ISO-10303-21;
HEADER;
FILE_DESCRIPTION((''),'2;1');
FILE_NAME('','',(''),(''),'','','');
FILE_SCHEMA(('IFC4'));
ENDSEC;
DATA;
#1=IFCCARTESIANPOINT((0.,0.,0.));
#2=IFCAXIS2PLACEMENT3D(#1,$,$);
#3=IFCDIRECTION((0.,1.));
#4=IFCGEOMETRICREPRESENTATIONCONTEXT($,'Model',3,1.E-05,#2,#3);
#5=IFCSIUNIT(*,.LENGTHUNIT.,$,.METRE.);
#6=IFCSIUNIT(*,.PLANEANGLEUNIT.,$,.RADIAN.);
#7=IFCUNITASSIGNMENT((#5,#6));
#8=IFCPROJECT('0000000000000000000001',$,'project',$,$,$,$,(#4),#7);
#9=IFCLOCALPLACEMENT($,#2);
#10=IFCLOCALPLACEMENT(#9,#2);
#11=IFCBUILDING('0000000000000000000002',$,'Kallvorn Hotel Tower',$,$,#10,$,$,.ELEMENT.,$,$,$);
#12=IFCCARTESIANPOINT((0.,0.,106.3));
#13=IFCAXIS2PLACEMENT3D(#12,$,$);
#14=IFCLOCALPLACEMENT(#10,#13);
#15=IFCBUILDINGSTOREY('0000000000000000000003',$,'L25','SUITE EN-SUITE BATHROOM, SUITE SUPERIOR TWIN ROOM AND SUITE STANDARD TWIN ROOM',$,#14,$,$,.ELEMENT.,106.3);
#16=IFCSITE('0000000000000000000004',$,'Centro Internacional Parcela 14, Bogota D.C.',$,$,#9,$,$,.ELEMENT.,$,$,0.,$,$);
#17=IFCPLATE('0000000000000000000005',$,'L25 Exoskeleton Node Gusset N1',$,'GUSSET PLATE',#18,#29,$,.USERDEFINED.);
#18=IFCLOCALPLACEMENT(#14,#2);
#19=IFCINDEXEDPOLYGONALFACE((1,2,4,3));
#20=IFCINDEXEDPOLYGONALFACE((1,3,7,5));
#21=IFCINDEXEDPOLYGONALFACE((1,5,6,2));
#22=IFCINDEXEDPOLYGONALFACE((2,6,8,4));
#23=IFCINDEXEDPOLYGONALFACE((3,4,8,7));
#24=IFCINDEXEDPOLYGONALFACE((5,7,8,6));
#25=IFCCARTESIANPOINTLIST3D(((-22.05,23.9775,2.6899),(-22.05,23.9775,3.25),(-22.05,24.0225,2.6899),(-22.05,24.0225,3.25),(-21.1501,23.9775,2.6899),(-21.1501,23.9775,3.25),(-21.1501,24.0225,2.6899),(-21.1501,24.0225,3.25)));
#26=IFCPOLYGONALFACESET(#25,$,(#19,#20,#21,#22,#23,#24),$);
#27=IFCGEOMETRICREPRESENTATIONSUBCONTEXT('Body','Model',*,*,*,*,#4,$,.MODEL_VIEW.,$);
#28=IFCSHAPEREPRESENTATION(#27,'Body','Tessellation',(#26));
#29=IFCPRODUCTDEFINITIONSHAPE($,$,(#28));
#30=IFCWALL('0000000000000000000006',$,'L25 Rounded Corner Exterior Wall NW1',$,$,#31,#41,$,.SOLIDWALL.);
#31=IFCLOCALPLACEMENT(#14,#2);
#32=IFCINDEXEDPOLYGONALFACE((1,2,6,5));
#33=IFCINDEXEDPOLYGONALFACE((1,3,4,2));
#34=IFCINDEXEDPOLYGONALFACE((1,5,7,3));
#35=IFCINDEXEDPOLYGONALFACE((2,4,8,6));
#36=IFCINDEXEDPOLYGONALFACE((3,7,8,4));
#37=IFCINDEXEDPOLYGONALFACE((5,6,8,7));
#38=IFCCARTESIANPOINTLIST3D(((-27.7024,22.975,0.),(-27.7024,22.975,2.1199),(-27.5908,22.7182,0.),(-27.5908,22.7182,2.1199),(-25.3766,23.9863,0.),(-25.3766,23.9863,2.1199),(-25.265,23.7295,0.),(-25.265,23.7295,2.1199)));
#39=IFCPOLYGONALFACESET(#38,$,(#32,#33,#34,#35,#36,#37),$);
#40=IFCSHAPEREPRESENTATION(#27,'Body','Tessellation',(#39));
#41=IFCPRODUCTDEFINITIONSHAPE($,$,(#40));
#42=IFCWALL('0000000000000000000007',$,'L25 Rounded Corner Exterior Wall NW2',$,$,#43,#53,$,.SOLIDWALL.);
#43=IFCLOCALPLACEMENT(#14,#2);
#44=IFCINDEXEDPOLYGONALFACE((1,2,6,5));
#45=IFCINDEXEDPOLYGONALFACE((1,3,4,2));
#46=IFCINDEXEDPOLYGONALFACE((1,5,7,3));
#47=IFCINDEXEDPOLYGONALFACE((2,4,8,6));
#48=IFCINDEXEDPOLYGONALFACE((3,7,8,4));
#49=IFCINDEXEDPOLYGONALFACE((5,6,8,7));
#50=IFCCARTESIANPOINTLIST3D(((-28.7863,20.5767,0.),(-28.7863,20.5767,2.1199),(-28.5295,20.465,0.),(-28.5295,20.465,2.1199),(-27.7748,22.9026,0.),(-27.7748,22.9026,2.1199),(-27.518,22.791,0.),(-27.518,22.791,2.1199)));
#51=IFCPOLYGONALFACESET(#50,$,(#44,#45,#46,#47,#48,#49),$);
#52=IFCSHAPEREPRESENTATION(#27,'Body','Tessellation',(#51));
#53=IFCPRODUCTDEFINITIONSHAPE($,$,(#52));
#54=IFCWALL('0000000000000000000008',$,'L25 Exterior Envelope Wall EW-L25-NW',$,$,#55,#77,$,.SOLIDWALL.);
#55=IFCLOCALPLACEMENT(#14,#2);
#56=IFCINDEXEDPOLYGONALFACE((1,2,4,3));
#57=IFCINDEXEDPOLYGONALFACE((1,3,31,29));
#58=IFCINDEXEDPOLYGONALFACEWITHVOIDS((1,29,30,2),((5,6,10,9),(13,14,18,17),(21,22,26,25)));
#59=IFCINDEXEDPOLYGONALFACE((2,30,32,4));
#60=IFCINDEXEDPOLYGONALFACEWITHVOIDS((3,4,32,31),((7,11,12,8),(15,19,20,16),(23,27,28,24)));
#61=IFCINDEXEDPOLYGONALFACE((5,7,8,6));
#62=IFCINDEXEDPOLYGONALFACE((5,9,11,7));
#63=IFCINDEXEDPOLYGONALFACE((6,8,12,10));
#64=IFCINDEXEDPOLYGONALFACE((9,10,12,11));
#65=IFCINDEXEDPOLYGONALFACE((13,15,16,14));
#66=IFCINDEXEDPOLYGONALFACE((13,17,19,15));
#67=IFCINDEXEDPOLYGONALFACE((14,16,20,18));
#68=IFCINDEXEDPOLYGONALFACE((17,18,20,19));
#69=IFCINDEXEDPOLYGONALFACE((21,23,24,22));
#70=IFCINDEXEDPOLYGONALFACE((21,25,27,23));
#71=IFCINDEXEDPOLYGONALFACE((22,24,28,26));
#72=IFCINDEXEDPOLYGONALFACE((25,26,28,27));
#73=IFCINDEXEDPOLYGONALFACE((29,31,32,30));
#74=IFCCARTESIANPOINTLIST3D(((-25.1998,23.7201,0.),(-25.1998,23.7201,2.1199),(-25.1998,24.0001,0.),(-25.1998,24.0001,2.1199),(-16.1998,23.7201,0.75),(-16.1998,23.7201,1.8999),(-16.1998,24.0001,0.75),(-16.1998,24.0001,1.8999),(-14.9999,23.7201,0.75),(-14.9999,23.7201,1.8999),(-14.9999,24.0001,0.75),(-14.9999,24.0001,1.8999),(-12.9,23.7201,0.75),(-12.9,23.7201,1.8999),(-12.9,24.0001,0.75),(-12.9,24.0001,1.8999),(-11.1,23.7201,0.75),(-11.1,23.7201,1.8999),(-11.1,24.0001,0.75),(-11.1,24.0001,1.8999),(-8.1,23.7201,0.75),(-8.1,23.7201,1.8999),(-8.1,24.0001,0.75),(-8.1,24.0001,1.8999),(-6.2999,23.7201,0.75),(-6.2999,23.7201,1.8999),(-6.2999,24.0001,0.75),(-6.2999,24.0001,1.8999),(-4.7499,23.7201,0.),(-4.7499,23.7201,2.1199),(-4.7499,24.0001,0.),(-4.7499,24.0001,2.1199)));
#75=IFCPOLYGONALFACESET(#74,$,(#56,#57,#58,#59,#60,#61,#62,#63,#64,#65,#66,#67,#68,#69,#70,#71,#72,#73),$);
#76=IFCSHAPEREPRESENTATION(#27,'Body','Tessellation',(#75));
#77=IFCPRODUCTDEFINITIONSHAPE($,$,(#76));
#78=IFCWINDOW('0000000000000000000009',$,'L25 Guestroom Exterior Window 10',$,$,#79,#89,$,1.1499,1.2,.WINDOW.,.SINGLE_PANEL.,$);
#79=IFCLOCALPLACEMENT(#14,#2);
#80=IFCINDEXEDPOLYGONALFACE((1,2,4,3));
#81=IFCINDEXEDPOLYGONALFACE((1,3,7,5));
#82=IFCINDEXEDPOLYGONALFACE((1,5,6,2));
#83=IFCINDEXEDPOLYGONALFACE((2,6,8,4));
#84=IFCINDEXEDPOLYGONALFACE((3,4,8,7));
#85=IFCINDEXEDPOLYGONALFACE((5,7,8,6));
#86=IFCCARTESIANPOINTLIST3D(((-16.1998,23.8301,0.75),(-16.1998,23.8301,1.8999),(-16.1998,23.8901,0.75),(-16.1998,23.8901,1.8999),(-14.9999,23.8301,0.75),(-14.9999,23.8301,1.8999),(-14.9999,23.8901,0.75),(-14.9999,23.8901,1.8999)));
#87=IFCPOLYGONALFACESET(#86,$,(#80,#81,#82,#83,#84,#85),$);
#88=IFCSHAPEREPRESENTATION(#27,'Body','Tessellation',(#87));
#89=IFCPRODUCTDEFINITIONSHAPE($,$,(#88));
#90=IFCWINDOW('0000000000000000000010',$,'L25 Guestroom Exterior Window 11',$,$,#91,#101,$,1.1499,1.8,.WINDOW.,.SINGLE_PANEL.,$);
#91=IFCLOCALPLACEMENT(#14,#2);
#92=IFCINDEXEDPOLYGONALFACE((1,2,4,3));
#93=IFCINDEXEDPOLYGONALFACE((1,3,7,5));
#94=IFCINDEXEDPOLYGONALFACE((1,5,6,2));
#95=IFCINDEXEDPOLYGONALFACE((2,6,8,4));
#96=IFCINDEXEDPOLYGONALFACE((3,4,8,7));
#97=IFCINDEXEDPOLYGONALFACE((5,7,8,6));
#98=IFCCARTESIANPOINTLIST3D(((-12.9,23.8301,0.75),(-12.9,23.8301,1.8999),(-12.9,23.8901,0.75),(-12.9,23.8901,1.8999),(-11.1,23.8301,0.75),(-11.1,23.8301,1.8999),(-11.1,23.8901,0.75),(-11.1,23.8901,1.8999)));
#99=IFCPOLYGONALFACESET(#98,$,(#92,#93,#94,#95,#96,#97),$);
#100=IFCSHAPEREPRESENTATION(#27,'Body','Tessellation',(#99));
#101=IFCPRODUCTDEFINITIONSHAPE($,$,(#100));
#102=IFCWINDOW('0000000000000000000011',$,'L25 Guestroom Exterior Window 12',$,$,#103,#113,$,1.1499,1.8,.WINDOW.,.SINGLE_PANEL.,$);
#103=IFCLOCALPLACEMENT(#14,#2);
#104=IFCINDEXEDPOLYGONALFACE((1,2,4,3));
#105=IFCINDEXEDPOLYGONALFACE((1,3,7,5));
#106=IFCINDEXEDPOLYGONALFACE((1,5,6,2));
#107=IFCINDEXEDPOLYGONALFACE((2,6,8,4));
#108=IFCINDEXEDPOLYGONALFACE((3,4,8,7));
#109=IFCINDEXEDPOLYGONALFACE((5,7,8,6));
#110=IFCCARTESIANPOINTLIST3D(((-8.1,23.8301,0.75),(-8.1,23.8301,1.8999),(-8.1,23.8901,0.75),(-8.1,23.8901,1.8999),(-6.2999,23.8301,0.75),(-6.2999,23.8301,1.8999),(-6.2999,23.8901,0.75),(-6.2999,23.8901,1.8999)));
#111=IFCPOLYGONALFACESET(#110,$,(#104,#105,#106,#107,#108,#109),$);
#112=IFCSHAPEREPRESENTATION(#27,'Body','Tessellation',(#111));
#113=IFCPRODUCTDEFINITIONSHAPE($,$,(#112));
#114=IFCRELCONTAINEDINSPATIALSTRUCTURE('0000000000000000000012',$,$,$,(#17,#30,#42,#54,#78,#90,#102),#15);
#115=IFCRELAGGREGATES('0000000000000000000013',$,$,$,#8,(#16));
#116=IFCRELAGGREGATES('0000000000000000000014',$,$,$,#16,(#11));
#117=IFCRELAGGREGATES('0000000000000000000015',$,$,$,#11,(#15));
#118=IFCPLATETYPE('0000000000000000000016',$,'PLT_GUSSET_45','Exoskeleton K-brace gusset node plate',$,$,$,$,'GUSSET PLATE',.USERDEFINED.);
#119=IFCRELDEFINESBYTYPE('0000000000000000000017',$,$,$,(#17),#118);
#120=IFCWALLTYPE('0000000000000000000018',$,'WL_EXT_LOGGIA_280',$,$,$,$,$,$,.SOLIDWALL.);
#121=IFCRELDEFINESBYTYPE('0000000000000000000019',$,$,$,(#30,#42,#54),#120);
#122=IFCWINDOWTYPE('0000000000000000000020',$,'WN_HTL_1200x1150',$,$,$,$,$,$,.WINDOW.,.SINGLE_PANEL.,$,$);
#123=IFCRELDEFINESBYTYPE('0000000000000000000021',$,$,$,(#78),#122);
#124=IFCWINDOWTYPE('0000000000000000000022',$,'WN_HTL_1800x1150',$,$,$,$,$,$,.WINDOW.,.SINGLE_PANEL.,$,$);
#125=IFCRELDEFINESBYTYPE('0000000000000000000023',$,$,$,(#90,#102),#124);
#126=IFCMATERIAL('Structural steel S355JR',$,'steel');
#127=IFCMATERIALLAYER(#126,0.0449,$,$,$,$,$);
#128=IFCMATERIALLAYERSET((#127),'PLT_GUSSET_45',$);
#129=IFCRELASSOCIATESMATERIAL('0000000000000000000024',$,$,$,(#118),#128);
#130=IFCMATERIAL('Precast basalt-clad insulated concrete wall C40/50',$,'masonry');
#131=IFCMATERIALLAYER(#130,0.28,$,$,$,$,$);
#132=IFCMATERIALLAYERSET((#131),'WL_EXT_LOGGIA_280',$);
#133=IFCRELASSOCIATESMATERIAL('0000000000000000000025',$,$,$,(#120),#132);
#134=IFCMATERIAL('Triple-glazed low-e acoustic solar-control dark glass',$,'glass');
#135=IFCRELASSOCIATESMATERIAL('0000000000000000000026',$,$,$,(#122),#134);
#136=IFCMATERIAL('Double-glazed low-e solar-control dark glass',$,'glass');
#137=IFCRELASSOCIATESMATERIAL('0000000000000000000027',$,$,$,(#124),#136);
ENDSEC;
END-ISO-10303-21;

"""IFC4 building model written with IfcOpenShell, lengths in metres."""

from ifc_helpers import new_model, si_unit, direction, frame, frame_2d, origin, origin_2d, place, context, subcontext, project, spatial, rectangle, extrude, material, layer, layer_set, type_object, element, fill, save


model = new_model("IFC4")

# Units and contexts
model_context = context("Model", 3, precision=1e-05, world=origin(), true_north=direction((0.0, 1.0)))
body_context = subcontext(model_context, "Body", "Model", "MODEL_VIEW")
ifc_project = project(units=[si_unit("LENGTHUNIT", "METRE"), si_unit("PLANEANGLEUNIT", "RADIAN")], contexts=[model_context])

# Site, building, storey
site_placement = place(None, origin())
site = spatial("IfcSite", under=ifc_project, at=site_placement, Name="Centro Internacional Parcela 14, Bogota D.C.", CompositionType="ELEMENT", RefElevation=0.0)
building_placement = place(site_placement, origin())
building = spatial("IfcBuilding", under=site, at=building_placement, Name="Kallvorn Hotel Tower", CompositionType="ELEMENT")
storey_placement = place(building_placement, frame((0.0, 0.0, 106.3)))
storey = spatial("IfcBuildingStorey", under=building, at=storey_placement, Name="L25", Description="SUITE EN-SUITE BATHROOM, SUITE SUPERIOR TWIN ROOM AND SUITE STANDARD TWIN ROOM", CompositionType="ELEMENT", Elevation=106.3)

# Plate
ifc_material_1 = material(Name="Structural steel S355JR", Category="steel")
ifc_layer_1 = layer(ifc_material_1, 0.0449)
ifc_layer_set_1 = layer_set([ifc_layer_1], Name="PLT_GUSSET_45")
plate_type_1 = type_object("IfcPlateType", Name="PLT_GUSSET_45", Description="Exoskeleton K-brace gusset node plate", ElementType="GUSSET PLATE", PredefinedType="USERDEFINED", material=ifc_layer_set_1)
plate_1_placement = place(storey_placement, frame((-21.6001, 24.0, 2.6899), z_axis=(0.0, 0.0, 1.0), x_axis=(1.0, 0.0, 0.0)))
element("IfcPlate", 1, at=plate_1_placement, inside=storey, type_object=plate_type_1, Name="L25 Exoskeleton Node Gusset N1", ObjectType="GUSSET PLATE", PredefinedType="USERDEFINED", context=body_context, shape_type="SweptSolid", body=[
    extrude(rectangle(XDim=0.8999, YDim=0.0449, at=origin_2d()), origin(), (0.0, 0.0, 1.0), 0.5601),
])

# Walls
ifc_material_2 = material(Name="Precast basalt-clad insulated concrete wall C40/50", Category="masonry")
ifc_layer_2 = layer(ifc_material_2, 0.28)
ifc_layer_set_2 = layer_set([ifc_layer_2], Name="WL_EXT_LOGGIA_280")
wall_type = type_object("IfcWallType", Name="WL_EXT_LOGGIA_280", PredefinedType="SOLIDWALL", material=ifc_layer_set_2)
wall_1_placement = place(storey_placement, frame((-25.3208, 23.8579, 0.0), z_axis=(0.0, 0.0, 1.0), x_axis=(-0.917061, -0.398747, 0.0)))
element("IfcWall", 2, at=wall_1_placement, inside=storey, type_object=wall_type, Name="L25 Rounded Corner Exterior Wall NW1", PredefinedType="SOLIDWALL", context=body_context, shape_type="SweptSolid", body=[
    extrude(rectangle(XDim=2.5361, YDim=0.28, at=frame_2d((1.2681, 0.0))), origin(), (0.0, 0.0, 1.0), 2.1199),
])
wall_2_placement = place(storey_placement, frame((-27.6465, 22.8467, 0.0), z_axis=(0.0, 0.0, 1.0), x_axis=(-0.398793, -0.917041, 0.0)))
element("IfcWall", 3, at=wall_2_placement, inside=storey, type_object=wall_type, Name="L25 Rounded Corner Exterior Wall NW2", PredefinedType="SOLIDWALL", context=body_context, shape_type="SweptSolid", body=[
    extrude(rectangle(XDim=2.5364, YDim=0.28, at=frame_2d((1.2681, 0.0))), origin(), (0.0, 0.0, 1.0), 2.1199),
])

# Wall, openings, windows
wall_3_placement = place(storey_placement, frame((-25.2, 23.8601, 0.0), z_axis=(0.0, 0.0, 1.0), x_axis=(1.0, 0.0, 0.0)))
wall_3 = element("IfcWall", 4, at=wall_3_placement, inside=storey, type_object=wall_type, Name="L25 Exterior Envelope Wall EW-L25-NW", PredefinedType="SOLIDWALL", context=body_context, shape_type="SweptSolid", body=[
    extrude(rectangle(XDim=20.45, YDim=0.28, at=frame_2d((10.2251, 0.0))), origin(), (0.0, 0.0, 1.0), 2.1199),
])
opening_1_placement = place(wall_3_placement, frame((9.0, 0.0, 0.75)))
opening_1 = element("IfcOpeningElement", 5, at=opening_1_placement, cuts=wall_3, PredefinedType="OPENING", context=body_context, shape_type="SweptSolid", body=[
    extrude(rectangle(XDim=1.2, YDim=1.1499, at=frame_2d((0.6001, 0.575))), frame((0.0, 0.155, 0.0), z_axis=(0.0, -1.0, 0.0), x_axis=(1.0, 0.0, 0.0)), (0.0, 0.0, 1.0), 0.3101),
])
opening_2_placement = place(wall_3_placement, frame((12.3, 0.0, 0.75)))
opening_2 = element("IfcOpeningElement", 6, at=opening_2_placement, cuts=wall_3, PredefinedType="OPENING", context=body_context, shape_type="SweptSolid", body=[
    extrude(rectangle(XDim=1.8, YDim=1.1499, at=frame_2d((0.8999, 0.575))), frame((0.0, 0.155, 0.0), z_axis=(0.0, -1.0, 0.0), x_axis=(1.0, 0.0, 0.0)), (0.0, 0.0, 1.0), 0.3101),
])
opening_3_placement = place(wall_3_placement, frame((17.1001, 0.0, 0.75)))
opening_3 = element("IfcOpeningElement", 7, at=opening_3_placement, cuts=wall_3, PredefinedType="OPENING", context=body_context, shape_type="SweptSolid", body=[
    extrude(rectangle(XDim=1.8, YDim=1.1499, at=frame_2d((0.8999, 0.575))), frame((0.0, 0.155, 0.0), z_axis=(0.0, -1.0, 0.0), x_axis=(1.0, 0.0, 0.0)), (0.0, 0.0, 1.0), 0.3101),
])
ifc_material_3 = material(Name="Triple-glazed low-e acoustic solar-control dark glass", Category="glass")
window_type_1 = type_object("IfcWindowType", Name="WN_HTL_1200x1150", PartitioningType="SINGLE_PANEL", PredefinedType="WINDOW", material=ifc_material_3)
window_1_placement = place(opening_1_placement, origin())
window_1 = element("IfcWindow", 8, at=window_1_placement, inside=storey, type_object=window_type_1, Name="L25 Guestroom Exterior Window 10", OverallHeight=1.1499, OverallWidth=1.2, PartitioningType="SINGLE_PANEL", PredefinedType="WINDOW", context=body_context, shape_type="SweptSolid", body=[
    extrude(rectangle(XDim=1.2, YDim=1.1499, at=frame_2d((0.6001, 0.575))), frame((0.0, 0.03, 0.0), z_axis=(0.0, -1.0, 0.0), x_axis=(1.0, 0.0, 0.0)), (0.0, 0.0, 1.0), 0.0601),
])
fill(opening_1, window_1)
ifc_material_4 = material(Name="Double-glazed low-e solar-control dark glass", Category="glass")
window_type_2 = type_object("IfcWindowType", Name="WN_HTL_1800x1150", PartitioningType="SINGLE_PANEL", PredefinedType="WINDOW", material=ifc_material_4)
window_2_placement = place(opening_2_placement, origin())
window_2 = element("IfcWindow", 9, at=window_2_placement, inside=storey, type_object=window_type_2, Name="L25 Guestroom Exterior Window 11", OverallHeight=1.1499, OverallWidth=1.8, PartitioningType="SINGLE_PANEL", PredefinedType="WINDOW", context=body_context, shape_type="SweptSolid", body=[
    extrude(rectangle(XDim=1.8, YDim=1.1499, at=frame_2d((0.8999, 0.575))), frame((0.0, 0.03, 0.0), z_axis=(0.0, -1.0, 0.0), x_axis=(1.0, 0.0, 0.0)), (0.0, 0.0, 1.0), 0.0601),
])
fill(opening_2, window_2)
window_3_placement = place(opening_3_placement, origin())
window_3 = element("IfcWindow", 10, at=window_3_placement, inside=storey, type_object=window_type_2, Name="L25 Guestroom Exterior Window 12", OverallHeight=1.1499, OverallWidth=1.8, PartitioningType="SINGLE_PANEL", PredefinedType="WINDOW", context=body_context, shape_type="SweptSolid", body=[
    extrude(rectangle(XDim=1.8, YDim=1.1499, at=frame_2d((0.8999, 0.575))), frame((0.0, 0.03, 0.0), z_axis=(0.0, -1.0, 0.0), x_axis=(1.0, 0.0, 0.0)), (0.0, 0.0, 1.0), 0.0601),
])
fill(opening_3, window_3)

save(model, "model.ifc")
